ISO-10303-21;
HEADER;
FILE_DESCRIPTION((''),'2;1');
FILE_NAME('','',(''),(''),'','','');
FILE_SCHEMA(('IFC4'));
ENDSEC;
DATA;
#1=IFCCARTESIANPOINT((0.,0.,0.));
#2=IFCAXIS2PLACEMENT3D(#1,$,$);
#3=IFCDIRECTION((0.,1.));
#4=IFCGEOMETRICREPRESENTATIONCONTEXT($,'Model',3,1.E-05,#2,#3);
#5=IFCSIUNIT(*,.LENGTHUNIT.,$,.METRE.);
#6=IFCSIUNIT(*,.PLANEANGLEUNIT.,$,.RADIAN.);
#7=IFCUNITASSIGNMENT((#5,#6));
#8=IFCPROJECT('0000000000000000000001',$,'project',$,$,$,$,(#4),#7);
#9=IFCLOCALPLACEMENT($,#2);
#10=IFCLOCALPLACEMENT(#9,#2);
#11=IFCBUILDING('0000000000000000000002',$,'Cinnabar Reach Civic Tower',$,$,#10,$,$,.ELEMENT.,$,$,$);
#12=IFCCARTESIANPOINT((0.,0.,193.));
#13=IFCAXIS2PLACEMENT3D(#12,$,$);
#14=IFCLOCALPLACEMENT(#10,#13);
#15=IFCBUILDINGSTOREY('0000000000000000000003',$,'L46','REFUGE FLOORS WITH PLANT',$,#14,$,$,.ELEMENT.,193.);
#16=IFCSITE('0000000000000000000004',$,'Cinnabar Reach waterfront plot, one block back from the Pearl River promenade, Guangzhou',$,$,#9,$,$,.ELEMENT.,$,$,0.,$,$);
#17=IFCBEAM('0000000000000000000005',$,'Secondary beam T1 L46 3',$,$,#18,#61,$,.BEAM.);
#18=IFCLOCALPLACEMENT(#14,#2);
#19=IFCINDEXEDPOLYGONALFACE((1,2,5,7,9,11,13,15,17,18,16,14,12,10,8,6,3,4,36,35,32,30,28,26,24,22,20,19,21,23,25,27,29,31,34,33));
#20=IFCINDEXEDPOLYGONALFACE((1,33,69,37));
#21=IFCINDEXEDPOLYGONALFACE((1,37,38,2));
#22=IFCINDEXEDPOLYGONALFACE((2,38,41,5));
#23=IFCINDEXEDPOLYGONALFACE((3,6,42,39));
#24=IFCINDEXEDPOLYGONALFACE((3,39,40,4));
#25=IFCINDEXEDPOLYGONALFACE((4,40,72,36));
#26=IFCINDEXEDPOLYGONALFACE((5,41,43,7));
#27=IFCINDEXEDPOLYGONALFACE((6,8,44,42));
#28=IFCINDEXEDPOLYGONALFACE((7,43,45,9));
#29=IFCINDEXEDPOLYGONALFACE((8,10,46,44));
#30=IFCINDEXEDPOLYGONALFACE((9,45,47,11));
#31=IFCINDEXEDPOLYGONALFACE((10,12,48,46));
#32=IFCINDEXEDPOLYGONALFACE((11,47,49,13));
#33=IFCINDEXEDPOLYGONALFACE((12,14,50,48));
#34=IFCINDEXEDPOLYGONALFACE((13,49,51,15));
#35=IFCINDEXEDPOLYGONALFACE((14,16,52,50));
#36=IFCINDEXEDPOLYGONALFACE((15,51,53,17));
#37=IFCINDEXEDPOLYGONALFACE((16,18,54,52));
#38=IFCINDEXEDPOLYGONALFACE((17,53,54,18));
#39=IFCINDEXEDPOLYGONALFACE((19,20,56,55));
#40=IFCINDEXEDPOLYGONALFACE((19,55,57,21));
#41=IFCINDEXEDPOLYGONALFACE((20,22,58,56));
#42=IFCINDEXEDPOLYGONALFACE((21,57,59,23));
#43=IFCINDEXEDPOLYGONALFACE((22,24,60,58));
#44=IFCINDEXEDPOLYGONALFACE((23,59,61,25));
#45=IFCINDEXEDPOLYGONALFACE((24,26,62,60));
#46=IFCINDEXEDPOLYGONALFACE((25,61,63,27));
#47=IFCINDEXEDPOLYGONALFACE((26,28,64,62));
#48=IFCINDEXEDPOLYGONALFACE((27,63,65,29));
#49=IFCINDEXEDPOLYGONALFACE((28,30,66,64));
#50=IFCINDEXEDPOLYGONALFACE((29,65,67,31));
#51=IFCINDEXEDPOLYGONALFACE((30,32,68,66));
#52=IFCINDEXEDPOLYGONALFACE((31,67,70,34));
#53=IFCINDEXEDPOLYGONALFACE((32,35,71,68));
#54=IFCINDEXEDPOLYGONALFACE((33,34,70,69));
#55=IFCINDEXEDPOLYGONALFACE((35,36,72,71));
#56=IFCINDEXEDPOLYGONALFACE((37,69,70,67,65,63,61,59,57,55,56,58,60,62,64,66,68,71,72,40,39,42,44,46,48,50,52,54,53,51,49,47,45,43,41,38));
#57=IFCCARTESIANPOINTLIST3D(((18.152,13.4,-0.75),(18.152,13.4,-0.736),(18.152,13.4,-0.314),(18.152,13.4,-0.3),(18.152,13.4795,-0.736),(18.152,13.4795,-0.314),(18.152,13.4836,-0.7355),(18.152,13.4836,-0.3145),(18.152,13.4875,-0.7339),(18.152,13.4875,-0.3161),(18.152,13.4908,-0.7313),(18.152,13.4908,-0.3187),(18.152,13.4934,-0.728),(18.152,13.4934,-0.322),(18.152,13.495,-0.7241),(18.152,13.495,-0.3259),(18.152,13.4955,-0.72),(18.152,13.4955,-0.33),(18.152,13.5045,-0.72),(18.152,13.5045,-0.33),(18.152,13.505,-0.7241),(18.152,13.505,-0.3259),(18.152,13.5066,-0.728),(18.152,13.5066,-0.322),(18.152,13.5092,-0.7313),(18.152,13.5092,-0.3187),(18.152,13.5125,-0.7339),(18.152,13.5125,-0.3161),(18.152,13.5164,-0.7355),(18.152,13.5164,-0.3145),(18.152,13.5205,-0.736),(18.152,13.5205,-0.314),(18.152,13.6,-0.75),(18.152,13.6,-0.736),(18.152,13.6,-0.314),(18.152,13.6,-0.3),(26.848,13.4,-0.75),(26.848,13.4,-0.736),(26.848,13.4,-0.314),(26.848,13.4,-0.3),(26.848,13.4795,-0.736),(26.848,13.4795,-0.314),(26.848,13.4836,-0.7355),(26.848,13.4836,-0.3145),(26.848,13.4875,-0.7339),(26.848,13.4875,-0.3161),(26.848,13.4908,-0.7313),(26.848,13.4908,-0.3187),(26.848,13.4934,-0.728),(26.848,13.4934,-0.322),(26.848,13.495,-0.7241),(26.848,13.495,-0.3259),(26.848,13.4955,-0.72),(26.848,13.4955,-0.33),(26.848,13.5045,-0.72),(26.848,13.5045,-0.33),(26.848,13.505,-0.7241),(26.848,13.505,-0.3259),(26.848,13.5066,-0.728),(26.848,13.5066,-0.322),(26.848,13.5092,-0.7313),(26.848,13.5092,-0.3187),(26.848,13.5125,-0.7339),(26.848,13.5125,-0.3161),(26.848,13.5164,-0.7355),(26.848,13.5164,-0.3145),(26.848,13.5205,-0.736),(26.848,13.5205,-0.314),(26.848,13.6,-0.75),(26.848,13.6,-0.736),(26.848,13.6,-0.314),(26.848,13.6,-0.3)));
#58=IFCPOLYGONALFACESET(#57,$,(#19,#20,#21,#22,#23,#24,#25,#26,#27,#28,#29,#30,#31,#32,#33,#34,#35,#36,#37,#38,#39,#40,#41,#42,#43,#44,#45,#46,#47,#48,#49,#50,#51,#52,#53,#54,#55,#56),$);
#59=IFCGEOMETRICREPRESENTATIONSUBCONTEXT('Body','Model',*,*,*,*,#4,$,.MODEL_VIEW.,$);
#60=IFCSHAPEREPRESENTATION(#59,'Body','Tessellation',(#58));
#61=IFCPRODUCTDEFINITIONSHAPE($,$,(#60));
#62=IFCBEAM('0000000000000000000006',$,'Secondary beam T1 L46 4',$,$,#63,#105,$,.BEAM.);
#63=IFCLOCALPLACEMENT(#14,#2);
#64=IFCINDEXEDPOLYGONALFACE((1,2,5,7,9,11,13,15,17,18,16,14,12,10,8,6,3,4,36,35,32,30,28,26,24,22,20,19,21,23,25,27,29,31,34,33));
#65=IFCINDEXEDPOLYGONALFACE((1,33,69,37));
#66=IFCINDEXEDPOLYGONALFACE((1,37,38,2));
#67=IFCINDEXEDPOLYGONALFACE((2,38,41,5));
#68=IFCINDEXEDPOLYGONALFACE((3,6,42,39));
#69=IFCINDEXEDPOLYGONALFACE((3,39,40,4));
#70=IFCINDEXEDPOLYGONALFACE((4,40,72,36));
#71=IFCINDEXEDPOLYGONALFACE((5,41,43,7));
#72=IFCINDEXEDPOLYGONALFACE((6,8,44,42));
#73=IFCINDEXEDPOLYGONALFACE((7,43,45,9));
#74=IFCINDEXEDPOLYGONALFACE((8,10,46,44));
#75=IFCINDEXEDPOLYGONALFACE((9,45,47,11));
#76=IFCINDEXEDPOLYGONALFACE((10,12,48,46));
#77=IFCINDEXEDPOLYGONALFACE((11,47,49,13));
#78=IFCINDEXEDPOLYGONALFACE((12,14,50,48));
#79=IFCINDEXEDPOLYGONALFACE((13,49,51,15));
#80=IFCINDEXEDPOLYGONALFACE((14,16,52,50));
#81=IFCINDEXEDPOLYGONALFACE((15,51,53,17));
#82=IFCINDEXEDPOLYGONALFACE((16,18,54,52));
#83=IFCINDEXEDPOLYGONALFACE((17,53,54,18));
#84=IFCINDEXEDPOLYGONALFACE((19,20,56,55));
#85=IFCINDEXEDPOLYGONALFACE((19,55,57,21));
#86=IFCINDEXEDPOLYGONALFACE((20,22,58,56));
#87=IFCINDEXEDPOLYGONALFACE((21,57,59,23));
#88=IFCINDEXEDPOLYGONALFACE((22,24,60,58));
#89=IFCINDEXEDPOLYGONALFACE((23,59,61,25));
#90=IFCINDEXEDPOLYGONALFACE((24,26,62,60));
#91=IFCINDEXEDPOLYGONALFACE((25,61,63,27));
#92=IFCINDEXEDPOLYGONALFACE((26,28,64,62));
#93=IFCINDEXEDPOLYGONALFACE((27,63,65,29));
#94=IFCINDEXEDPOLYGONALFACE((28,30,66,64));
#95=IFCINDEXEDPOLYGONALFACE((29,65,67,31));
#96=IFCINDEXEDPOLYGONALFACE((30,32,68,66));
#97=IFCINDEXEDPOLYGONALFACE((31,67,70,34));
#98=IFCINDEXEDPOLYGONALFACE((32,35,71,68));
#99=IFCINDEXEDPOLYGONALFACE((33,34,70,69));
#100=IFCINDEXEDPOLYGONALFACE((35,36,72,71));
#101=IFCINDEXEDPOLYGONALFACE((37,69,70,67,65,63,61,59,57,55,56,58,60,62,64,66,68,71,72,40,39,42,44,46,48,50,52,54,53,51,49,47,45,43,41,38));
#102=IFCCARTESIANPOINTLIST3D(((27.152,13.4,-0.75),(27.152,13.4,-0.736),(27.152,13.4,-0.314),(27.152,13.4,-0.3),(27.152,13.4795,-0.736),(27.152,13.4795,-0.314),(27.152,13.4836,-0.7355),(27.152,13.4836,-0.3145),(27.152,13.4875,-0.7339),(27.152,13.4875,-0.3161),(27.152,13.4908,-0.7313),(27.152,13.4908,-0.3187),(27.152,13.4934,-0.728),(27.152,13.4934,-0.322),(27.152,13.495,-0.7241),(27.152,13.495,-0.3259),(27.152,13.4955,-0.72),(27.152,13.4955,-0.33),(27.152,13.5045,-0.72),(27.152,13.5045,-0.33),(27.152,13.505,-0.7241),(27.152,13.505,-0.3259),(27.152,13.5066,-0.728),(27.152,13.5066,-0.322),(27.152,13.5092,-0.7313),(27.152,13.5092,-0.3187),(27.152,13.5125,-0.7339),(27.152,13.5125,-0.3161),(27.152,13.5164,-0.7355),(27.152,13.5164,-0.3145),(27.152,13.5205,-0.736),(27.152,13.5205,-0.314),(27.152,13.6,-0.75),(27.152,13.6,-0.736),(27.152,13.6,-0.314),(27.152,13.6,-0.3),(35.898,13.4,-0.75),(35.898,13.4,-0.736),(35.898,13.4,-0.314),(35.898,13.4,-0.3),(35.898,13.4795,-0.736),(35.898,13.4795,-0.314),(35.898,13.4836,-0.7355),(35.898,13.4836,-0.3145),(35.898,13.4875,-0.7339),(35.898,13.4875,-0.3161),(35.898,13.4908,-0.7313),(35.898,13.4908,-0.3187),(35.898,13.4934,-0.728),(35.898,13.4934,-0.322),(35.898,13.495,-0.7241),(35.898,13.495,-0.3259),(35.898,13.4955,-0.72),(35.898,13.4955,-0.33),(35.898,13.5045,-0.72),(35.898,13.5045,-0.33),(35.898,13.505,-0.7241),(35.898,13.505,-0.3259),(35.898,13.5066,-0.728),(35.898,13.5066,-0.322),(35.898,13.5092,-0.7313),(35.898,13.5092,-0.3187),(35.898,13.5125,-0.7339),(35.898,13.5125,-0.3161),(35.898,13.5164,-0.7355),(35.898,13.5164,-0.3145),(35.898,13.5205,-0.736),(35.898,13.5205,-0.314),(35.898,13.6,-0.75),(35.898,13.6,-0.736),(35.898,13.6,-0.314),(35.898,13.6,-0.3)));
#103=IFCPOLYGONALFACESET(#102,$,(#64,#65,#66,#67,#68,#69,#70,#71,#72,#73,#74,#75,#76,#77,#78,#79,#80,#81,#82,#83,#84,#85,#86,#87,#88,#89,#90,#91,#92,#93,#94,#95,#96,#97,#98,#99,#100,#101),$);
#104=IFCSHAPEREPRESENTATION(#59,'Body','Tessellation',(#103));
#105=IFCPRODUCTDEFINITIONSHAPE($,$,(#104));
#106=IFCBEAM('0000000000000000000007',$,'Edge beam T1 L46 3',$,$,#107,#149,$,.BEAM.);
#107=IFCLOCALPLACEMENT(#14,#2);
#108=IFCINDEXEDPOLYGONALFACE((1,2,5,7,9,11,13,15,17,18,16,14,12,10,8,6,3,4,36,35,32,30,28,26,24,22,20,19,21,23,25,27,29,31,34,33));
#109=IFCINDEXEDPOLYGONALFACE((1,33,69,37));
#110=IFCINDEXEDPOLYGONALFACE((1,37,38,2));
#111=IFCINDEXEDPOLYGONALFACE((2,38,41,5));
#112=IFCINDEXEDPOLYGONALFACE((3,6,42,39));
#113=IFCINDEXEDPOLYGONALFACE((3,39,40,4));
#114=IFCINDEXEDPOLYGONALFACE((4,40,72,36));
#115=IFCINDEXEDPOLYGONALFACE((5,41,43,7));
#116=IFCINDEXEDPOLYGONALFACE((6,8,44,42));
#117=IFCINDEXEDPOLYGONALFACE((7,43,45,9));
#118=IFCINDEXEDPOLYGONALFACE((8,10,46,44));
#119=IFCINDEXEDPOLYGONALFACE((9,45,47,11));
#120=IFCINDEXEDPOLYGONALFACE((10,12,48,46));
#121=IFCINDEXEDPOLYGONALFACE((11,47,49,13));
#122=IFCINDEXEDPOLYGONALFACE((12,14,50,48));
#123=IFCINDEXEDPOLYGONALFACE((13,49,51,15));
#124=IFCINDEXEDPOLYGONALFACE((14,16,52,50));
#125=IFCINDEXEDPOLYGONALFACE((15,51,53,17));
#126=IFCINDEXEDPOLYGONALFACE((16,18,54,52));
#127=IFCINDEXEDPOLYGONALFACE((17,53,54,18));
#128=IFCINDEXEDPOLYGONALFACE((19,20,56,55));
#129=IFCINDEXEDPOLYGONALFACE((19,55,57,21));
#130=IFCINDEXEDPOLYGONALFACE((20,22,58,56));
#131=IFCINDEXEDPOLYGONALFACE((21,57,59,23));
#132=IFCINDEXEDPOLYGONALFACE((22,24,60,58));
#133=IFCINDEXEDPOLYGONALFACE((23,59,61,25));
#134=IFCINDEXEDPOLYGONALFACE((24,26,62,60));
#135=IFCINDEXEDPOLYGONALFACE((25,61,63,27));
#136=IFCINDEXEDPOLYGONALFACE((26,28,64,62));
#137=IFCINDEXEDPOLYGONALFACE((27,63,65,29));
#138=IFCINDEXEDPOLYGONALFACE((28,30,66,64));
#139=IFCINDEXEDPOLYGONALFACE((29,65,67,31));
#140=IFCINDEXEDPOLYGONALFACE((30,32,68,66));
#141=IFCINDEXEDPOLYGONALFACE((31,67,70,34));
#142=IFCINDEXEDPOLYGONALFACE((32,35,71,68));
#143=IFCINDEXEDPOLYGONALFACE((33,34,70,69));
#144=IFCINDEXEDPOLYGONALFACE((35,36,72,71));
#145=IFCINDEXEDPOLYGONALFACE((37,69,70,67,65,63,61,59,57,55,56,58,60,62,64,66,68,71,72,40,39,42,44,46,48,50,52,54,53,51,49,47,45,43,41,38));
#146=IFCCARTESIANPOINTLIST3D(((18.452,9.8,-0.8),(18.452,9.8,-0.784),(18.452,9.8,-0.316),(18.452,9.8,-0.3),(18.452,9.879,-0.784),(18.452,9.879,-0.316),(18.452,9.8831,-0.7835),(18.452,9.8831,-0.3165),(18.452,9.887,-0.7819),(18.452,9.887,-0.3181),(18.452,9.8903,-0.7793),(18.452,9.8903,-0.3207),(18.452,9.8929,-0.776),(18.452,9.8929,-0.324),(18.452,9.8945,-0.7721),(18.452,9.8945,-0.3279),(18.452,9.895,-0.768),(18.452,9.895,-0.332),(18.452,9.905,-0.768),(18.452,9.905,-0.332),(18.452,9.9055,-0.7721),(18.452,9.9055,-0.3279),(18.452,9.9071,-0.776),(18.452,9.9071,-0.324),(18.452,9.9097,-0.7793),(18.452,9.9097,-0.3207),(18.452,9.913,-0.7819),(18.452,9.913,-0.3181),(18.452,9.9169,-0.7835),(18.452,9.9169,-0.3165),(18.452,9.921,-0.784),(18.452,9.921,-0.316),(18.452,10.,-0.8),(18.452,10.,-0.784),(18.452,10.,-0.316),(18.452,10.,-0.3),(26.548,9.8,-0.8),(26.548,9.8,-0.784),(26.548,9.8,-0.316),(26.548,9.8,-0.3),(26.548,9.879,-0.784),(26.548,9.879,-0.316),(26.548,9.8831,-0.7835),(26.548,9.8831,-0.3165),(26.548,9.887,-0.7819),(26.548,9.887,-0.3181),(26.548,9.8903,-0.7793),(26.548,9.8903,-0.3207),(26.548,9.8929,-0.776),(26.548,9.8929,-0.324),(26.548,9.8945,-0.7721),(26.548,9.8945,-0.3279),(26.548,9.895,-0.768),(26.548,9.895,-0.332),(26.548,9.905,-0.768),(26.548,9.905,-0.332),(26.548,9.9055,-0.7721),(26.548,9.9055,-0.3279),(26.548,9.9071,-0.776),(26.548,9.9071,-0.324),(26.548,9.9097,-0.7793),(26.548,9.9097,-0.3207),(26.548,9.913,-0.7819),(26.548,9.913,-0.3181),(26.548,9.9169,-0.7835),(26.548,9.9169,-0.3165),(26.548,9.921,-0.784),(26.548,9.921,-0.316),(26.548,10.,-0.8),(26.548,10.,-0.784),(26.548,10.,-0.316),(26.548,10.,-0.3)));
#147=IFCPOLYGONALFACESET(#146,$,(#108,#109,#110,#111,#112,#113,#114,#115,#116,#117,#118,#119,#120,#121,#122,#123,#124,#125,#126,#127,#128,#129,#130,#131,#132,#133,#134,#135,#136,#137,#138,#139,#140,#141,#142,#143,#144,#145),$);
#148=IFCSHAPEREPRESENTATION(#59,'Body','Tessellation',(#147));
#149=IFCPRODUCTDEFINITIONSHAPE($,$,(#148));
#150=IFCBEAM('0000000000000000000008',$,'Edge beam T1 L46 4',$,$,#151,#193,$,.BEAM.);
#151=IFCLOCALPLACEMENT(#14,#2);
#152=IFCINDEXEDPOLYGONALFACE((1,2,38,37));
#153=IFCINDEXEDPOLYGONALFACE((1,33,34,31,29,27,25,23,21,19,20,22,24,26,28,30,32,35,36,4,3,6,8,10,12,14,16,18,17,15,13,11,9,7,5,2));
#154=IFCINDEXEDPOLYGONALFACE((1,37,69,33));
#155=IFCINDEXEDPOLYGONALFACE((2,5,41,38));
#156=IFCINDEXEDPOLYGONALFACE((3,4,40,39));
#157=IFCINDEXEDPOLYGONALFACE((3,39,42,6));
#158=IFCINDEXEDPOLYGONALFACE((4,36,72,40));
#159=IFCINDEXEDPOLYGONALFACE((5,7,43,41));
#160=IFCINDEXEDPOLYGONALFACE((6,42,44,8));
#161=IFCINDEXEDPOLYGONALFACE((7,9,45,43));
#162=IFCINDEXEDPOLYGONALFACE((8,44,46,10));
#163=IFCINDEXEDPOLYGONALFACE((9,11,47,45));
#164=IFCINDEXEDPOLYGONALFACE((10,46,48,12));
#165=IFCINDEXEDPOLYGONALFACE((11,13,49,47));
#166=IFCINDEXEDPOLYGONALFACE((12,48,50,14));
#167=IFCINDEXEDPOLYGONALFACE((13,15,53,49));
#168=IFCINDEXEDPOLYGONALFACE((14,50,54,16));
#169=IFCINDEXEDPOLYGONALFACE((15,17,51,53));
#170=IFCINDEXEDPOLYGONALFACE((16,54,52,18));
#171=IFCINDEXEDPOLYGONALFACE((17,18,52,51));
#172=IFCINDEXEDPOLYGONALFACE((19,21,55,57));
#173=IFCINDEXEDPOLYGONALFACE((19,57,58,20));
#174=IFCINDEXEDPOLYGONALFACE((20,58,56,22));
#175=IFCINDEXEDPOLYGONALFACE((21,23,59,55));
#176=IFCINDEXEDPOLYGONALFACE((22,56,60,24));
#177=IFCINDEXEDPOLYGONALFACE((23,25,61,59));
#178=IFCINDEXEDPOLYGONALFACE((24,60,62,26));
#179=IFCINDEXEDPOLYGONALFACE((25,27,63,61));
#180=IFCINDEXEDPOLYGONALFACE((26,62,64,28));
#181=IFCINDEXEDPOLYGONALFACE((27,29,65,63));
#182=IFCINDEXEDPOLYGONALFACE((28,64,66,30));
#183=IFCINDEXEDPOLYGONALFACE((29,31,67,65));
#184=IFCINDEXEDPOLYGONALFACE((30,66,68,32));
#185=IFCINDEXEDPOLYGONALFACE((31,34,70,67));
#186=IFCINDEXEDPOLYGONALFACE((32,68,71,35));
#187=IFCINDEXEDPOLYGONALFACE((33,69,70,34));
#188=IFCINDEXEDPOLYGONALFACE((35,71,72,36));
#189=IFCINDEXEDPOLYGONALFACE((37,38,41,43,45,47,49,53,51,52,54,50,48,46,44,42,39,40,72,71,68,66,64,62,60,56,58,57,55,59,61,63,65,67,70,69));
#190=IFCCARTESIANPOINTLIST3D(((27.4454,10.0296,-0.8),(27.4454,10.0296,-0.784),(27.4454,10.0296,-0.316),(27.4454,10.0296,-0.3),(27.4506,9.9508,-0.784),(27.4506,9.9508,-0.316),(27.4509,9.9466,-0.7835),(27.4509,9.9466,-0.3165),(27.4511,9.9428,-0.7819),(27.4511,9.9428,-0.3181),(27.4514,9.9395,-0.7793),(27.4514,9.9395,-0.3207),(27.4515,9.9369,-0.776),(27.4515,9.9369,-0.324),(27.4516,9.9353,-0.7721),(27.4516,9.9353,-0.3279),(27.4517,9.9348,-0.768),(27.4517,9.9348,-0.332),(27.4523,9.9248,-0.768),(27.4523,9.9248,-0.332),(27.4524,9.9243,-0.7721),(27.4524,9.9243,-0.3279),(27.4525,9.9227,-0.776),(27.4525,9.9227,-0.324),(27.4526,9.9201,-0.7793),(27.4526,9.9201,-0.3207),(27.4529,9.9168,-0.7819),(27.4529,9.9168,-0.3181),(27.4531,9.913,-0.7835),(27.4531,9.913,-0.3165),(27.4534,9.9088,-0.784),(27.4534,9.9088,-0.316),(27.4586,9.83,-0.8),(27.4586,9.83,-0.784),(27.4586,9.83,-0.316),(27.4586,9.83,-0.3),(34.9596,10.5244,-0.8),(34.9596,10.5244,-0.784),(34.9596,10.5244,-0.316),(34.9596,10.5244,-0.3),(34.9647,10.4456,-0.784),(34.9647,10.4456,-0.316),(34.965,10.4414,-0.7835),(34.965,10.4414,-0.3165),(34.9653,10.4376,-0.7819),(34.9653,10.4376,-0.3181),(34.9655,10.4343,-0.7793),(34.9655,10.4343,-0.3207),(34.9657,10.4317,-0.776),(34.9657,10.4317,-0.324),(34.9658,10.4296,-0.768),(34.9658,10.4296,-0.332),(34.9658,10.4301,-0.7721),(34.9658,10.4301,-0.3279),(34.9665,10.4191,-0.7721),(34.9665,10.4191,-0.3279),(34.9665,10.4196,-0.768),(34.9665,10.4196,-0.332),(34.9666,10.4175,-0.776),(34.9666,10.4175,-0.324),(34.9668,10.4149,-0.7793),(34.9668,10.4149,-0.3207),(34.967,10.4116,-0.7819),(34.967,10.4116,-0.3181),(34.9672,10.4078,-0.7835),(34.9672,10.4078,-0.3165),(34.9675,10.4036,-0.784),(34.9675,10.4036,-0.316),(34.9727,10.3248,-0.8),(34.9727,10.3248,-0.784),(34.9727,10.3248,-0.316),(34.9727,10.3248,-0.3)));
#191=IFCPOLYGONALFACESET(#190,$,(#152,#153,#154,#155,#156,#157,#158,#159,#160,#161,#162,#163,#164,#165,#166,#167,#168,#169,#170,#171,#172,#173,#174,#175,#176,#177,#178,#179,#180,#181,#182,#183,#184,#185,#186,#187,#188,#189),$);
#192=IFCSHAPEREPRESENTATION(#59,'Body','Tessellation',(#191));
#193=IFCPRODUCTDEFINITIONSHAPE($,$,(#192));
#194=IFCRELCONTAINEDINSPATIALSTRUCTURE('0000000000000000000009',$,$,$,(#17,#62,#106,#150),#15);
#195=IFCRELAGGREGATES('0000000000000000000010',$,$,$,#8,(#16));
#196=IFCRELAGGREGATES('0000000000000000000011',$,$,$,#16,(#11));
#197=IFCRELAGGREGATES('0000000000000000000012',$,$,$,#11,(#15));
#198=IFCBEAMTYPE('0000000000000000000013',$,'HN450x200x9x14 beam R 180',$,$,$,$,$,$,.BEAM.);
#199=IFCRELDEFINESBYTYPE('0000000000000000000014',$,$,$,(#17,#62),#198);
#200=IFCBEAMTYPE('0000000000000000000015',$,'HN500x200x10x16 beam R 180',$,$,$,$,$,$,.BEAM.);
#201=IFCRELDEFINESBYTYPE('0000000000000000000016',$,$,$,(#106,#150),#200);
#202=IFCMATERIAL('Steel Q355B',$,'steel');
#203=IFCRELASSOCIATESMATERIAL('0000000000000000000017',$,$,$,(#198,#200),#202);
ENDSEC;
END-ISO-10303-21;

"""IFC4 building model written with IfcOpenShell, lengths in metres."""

from ifc_helpers import new_model, si_unit, direction, frame, origin, origin_2d, place, context, subcontext, project, spatial, i_section, extrude, material, material_profile, profile_set, type_object, element, save


model = new_model("IFC4")

# Units and contexts
model_context = context("Model", 3, precision=1e-05, world=origin(), true_north=direction((0.0, 1.0)))
body_context = subcontext(model_context, "Body", "Model", "MODEL_VIEW")
ifc_project = project(units=[si_unit("LENGTHUNIT", "METRE"), si_unit("PLANEANGLEUNIT", "RADIAN")], contexts=[model_context])

# Site, building, storey
site_placement = place(None, origin())
site = spatial("IfcSite", under=ifc_project, at=site_placement, Name="Cinnabar Reach waterfront plot, one block back from the Pearl River promenade, Guangzhou", CompositionType="ELEMENT", RefElevation=0.0)
building_placement = place(site_placement, origin())
building = spatial("IfcBuilding", under=site, at=building_placement, Name="Cinnabar Reach Civic Tower", CompositionType="ELEMENT")
storey_placement = place(building_placement, frame((0.0, 0.0, 193.0)))
storey = spatial("IfcBuildingStorey", under=building, at=storey_placement, Name="L46", Description="REFUGE FLOORS WITH PLANT", CompositionType="ELEMENT", Elevation=193.0)

# Beams
ifc_material_1 = material(Name="Steel Q355B", Category="steel")
ifc_material_profile_1 = material_profile(ifc_material_1, i_section(OverallWidth=0.2, OverallDepth=0.45, WebThickness=0.009, FlangeThickness=0.014, FilletRadius=0.016, at=origin_2d()), Name="HN450x200x9x14")
ifc_profile_set_1 = profile_set([ifc_material_profile_1], Name="Steel Q355B")
beam_type_1 = type_object("IfcBeamType", Name="HN450x200x9x14 beam R 180", PredefinedType="BEAM", material=ifc_profile_set_1)
beam_1_placement = place(storey_placement, frame((18.152, 13.5, -0.525), z_axis=(1.0, 0.0, 0.0), x_axis=(0.0, 1.0, 0.0)))
element("IfcBeam", 1, at=beam_1_placement, inside=storey, type_object=beam_type_1, Name="Secondary beam T1 L46 3", PredefinedType="BEAM", context=body_context, shape_type="SweptSolid", body=[
    extrude(i_section(OverallWidth=0.2, OverallDepth=0.45, WebThickness=0.009, FlangeThickness=0.014, FilletRadius=0.016, at=origin_2d()), origin(), (0.0, 0.0, 1.0), 8.696),
])
beam_2_placement = place(storey_placement, frame((27.152, 13.5, -0.525), z_axis=(1.0, 0.0, 0.0), x_axis=(0.0, 1.0, 0.0)))
element("IfcBeam", 2, at=beam_2_placement, inside=storey, type_object=beam_type_1, Name="Secondary beam T1 L46 4", PredefinedType="BEAM", context=body_context, shape_type="SweptSolid", body=[
    extrude(i_section(OverallWidth=0.2, OverallDepth=0.45, WebThickness=0.009, FlangeThickness=0.014, FilletRadius=0.016, at=origin_2d()), origin(), (0.0, 0.0, 1.0), 8.746),
])
ifc_material_profile_2 = material_profile(ifc_material_1, i_section(OverallWidth=0.2, OverallDepth=0.5, WebThickness=0.01, FlangeThickness=0.016, FilletRadius=0.016, at=origin_2d()), Name="HN500x200x10x16")
ifc_profile_set_2 = profile_set([ifc_material_profile_2], Name="Steel Q355B")
beam_type_2 = type_object("IfcBeamType", Name="HN500x200x10x16 beam R 180", PredefinedType="BEAM", material=ifc_profile_set_2)
beam_3_placement = place(storey_placement, frame((18.452, 9.9, -0.55), z_axis=(1.0, 0.0, 0.0), x_axis=(0.0, 1.0, 0.0)))
element("IfcBeam", 3, at=beam_3_placement, inside=storey, type_object=beam_type_2, Name="Edge beam T1 L46 3", PredefinedType="BEAM", context=body_context, shape_type="SweptSolid", body=[
    extrude(i_section(OverallWidth=0.2, OverallDepth=0.5, WebThickness=0.01, FlangeThickness=0.016, FilletRadius=0.016, at=origin_2d()), origin(), (0.0, 0.0, 1.0), 8.096),
])
beam_4_placement = place(storey_placement, frame((27.452, 9.9298, -0.55), z_axis=(0.997839, 0.065707, 0.0), x_axis=(-0.065707, 0.997839, 0.0)))
element("IfcBeam", 4, at=beam_4_placement, inside=storey, type_object=beam_type_2, Name="Edge beam T1 L46 4", PredefinedType="BEAM", context=body_context, shape_type="SweptSolid", body=[
    extrude(i_section(OverallWidth=0.2, OverallDepth=0.5, WebThickness=0.01, FlangeThickness=0.016, FilletRadius=0.016, at=origin_2d()), origin(), (0.0, 0.0, 1.0), 7.5304),
])

save(model, "model.ifc")
